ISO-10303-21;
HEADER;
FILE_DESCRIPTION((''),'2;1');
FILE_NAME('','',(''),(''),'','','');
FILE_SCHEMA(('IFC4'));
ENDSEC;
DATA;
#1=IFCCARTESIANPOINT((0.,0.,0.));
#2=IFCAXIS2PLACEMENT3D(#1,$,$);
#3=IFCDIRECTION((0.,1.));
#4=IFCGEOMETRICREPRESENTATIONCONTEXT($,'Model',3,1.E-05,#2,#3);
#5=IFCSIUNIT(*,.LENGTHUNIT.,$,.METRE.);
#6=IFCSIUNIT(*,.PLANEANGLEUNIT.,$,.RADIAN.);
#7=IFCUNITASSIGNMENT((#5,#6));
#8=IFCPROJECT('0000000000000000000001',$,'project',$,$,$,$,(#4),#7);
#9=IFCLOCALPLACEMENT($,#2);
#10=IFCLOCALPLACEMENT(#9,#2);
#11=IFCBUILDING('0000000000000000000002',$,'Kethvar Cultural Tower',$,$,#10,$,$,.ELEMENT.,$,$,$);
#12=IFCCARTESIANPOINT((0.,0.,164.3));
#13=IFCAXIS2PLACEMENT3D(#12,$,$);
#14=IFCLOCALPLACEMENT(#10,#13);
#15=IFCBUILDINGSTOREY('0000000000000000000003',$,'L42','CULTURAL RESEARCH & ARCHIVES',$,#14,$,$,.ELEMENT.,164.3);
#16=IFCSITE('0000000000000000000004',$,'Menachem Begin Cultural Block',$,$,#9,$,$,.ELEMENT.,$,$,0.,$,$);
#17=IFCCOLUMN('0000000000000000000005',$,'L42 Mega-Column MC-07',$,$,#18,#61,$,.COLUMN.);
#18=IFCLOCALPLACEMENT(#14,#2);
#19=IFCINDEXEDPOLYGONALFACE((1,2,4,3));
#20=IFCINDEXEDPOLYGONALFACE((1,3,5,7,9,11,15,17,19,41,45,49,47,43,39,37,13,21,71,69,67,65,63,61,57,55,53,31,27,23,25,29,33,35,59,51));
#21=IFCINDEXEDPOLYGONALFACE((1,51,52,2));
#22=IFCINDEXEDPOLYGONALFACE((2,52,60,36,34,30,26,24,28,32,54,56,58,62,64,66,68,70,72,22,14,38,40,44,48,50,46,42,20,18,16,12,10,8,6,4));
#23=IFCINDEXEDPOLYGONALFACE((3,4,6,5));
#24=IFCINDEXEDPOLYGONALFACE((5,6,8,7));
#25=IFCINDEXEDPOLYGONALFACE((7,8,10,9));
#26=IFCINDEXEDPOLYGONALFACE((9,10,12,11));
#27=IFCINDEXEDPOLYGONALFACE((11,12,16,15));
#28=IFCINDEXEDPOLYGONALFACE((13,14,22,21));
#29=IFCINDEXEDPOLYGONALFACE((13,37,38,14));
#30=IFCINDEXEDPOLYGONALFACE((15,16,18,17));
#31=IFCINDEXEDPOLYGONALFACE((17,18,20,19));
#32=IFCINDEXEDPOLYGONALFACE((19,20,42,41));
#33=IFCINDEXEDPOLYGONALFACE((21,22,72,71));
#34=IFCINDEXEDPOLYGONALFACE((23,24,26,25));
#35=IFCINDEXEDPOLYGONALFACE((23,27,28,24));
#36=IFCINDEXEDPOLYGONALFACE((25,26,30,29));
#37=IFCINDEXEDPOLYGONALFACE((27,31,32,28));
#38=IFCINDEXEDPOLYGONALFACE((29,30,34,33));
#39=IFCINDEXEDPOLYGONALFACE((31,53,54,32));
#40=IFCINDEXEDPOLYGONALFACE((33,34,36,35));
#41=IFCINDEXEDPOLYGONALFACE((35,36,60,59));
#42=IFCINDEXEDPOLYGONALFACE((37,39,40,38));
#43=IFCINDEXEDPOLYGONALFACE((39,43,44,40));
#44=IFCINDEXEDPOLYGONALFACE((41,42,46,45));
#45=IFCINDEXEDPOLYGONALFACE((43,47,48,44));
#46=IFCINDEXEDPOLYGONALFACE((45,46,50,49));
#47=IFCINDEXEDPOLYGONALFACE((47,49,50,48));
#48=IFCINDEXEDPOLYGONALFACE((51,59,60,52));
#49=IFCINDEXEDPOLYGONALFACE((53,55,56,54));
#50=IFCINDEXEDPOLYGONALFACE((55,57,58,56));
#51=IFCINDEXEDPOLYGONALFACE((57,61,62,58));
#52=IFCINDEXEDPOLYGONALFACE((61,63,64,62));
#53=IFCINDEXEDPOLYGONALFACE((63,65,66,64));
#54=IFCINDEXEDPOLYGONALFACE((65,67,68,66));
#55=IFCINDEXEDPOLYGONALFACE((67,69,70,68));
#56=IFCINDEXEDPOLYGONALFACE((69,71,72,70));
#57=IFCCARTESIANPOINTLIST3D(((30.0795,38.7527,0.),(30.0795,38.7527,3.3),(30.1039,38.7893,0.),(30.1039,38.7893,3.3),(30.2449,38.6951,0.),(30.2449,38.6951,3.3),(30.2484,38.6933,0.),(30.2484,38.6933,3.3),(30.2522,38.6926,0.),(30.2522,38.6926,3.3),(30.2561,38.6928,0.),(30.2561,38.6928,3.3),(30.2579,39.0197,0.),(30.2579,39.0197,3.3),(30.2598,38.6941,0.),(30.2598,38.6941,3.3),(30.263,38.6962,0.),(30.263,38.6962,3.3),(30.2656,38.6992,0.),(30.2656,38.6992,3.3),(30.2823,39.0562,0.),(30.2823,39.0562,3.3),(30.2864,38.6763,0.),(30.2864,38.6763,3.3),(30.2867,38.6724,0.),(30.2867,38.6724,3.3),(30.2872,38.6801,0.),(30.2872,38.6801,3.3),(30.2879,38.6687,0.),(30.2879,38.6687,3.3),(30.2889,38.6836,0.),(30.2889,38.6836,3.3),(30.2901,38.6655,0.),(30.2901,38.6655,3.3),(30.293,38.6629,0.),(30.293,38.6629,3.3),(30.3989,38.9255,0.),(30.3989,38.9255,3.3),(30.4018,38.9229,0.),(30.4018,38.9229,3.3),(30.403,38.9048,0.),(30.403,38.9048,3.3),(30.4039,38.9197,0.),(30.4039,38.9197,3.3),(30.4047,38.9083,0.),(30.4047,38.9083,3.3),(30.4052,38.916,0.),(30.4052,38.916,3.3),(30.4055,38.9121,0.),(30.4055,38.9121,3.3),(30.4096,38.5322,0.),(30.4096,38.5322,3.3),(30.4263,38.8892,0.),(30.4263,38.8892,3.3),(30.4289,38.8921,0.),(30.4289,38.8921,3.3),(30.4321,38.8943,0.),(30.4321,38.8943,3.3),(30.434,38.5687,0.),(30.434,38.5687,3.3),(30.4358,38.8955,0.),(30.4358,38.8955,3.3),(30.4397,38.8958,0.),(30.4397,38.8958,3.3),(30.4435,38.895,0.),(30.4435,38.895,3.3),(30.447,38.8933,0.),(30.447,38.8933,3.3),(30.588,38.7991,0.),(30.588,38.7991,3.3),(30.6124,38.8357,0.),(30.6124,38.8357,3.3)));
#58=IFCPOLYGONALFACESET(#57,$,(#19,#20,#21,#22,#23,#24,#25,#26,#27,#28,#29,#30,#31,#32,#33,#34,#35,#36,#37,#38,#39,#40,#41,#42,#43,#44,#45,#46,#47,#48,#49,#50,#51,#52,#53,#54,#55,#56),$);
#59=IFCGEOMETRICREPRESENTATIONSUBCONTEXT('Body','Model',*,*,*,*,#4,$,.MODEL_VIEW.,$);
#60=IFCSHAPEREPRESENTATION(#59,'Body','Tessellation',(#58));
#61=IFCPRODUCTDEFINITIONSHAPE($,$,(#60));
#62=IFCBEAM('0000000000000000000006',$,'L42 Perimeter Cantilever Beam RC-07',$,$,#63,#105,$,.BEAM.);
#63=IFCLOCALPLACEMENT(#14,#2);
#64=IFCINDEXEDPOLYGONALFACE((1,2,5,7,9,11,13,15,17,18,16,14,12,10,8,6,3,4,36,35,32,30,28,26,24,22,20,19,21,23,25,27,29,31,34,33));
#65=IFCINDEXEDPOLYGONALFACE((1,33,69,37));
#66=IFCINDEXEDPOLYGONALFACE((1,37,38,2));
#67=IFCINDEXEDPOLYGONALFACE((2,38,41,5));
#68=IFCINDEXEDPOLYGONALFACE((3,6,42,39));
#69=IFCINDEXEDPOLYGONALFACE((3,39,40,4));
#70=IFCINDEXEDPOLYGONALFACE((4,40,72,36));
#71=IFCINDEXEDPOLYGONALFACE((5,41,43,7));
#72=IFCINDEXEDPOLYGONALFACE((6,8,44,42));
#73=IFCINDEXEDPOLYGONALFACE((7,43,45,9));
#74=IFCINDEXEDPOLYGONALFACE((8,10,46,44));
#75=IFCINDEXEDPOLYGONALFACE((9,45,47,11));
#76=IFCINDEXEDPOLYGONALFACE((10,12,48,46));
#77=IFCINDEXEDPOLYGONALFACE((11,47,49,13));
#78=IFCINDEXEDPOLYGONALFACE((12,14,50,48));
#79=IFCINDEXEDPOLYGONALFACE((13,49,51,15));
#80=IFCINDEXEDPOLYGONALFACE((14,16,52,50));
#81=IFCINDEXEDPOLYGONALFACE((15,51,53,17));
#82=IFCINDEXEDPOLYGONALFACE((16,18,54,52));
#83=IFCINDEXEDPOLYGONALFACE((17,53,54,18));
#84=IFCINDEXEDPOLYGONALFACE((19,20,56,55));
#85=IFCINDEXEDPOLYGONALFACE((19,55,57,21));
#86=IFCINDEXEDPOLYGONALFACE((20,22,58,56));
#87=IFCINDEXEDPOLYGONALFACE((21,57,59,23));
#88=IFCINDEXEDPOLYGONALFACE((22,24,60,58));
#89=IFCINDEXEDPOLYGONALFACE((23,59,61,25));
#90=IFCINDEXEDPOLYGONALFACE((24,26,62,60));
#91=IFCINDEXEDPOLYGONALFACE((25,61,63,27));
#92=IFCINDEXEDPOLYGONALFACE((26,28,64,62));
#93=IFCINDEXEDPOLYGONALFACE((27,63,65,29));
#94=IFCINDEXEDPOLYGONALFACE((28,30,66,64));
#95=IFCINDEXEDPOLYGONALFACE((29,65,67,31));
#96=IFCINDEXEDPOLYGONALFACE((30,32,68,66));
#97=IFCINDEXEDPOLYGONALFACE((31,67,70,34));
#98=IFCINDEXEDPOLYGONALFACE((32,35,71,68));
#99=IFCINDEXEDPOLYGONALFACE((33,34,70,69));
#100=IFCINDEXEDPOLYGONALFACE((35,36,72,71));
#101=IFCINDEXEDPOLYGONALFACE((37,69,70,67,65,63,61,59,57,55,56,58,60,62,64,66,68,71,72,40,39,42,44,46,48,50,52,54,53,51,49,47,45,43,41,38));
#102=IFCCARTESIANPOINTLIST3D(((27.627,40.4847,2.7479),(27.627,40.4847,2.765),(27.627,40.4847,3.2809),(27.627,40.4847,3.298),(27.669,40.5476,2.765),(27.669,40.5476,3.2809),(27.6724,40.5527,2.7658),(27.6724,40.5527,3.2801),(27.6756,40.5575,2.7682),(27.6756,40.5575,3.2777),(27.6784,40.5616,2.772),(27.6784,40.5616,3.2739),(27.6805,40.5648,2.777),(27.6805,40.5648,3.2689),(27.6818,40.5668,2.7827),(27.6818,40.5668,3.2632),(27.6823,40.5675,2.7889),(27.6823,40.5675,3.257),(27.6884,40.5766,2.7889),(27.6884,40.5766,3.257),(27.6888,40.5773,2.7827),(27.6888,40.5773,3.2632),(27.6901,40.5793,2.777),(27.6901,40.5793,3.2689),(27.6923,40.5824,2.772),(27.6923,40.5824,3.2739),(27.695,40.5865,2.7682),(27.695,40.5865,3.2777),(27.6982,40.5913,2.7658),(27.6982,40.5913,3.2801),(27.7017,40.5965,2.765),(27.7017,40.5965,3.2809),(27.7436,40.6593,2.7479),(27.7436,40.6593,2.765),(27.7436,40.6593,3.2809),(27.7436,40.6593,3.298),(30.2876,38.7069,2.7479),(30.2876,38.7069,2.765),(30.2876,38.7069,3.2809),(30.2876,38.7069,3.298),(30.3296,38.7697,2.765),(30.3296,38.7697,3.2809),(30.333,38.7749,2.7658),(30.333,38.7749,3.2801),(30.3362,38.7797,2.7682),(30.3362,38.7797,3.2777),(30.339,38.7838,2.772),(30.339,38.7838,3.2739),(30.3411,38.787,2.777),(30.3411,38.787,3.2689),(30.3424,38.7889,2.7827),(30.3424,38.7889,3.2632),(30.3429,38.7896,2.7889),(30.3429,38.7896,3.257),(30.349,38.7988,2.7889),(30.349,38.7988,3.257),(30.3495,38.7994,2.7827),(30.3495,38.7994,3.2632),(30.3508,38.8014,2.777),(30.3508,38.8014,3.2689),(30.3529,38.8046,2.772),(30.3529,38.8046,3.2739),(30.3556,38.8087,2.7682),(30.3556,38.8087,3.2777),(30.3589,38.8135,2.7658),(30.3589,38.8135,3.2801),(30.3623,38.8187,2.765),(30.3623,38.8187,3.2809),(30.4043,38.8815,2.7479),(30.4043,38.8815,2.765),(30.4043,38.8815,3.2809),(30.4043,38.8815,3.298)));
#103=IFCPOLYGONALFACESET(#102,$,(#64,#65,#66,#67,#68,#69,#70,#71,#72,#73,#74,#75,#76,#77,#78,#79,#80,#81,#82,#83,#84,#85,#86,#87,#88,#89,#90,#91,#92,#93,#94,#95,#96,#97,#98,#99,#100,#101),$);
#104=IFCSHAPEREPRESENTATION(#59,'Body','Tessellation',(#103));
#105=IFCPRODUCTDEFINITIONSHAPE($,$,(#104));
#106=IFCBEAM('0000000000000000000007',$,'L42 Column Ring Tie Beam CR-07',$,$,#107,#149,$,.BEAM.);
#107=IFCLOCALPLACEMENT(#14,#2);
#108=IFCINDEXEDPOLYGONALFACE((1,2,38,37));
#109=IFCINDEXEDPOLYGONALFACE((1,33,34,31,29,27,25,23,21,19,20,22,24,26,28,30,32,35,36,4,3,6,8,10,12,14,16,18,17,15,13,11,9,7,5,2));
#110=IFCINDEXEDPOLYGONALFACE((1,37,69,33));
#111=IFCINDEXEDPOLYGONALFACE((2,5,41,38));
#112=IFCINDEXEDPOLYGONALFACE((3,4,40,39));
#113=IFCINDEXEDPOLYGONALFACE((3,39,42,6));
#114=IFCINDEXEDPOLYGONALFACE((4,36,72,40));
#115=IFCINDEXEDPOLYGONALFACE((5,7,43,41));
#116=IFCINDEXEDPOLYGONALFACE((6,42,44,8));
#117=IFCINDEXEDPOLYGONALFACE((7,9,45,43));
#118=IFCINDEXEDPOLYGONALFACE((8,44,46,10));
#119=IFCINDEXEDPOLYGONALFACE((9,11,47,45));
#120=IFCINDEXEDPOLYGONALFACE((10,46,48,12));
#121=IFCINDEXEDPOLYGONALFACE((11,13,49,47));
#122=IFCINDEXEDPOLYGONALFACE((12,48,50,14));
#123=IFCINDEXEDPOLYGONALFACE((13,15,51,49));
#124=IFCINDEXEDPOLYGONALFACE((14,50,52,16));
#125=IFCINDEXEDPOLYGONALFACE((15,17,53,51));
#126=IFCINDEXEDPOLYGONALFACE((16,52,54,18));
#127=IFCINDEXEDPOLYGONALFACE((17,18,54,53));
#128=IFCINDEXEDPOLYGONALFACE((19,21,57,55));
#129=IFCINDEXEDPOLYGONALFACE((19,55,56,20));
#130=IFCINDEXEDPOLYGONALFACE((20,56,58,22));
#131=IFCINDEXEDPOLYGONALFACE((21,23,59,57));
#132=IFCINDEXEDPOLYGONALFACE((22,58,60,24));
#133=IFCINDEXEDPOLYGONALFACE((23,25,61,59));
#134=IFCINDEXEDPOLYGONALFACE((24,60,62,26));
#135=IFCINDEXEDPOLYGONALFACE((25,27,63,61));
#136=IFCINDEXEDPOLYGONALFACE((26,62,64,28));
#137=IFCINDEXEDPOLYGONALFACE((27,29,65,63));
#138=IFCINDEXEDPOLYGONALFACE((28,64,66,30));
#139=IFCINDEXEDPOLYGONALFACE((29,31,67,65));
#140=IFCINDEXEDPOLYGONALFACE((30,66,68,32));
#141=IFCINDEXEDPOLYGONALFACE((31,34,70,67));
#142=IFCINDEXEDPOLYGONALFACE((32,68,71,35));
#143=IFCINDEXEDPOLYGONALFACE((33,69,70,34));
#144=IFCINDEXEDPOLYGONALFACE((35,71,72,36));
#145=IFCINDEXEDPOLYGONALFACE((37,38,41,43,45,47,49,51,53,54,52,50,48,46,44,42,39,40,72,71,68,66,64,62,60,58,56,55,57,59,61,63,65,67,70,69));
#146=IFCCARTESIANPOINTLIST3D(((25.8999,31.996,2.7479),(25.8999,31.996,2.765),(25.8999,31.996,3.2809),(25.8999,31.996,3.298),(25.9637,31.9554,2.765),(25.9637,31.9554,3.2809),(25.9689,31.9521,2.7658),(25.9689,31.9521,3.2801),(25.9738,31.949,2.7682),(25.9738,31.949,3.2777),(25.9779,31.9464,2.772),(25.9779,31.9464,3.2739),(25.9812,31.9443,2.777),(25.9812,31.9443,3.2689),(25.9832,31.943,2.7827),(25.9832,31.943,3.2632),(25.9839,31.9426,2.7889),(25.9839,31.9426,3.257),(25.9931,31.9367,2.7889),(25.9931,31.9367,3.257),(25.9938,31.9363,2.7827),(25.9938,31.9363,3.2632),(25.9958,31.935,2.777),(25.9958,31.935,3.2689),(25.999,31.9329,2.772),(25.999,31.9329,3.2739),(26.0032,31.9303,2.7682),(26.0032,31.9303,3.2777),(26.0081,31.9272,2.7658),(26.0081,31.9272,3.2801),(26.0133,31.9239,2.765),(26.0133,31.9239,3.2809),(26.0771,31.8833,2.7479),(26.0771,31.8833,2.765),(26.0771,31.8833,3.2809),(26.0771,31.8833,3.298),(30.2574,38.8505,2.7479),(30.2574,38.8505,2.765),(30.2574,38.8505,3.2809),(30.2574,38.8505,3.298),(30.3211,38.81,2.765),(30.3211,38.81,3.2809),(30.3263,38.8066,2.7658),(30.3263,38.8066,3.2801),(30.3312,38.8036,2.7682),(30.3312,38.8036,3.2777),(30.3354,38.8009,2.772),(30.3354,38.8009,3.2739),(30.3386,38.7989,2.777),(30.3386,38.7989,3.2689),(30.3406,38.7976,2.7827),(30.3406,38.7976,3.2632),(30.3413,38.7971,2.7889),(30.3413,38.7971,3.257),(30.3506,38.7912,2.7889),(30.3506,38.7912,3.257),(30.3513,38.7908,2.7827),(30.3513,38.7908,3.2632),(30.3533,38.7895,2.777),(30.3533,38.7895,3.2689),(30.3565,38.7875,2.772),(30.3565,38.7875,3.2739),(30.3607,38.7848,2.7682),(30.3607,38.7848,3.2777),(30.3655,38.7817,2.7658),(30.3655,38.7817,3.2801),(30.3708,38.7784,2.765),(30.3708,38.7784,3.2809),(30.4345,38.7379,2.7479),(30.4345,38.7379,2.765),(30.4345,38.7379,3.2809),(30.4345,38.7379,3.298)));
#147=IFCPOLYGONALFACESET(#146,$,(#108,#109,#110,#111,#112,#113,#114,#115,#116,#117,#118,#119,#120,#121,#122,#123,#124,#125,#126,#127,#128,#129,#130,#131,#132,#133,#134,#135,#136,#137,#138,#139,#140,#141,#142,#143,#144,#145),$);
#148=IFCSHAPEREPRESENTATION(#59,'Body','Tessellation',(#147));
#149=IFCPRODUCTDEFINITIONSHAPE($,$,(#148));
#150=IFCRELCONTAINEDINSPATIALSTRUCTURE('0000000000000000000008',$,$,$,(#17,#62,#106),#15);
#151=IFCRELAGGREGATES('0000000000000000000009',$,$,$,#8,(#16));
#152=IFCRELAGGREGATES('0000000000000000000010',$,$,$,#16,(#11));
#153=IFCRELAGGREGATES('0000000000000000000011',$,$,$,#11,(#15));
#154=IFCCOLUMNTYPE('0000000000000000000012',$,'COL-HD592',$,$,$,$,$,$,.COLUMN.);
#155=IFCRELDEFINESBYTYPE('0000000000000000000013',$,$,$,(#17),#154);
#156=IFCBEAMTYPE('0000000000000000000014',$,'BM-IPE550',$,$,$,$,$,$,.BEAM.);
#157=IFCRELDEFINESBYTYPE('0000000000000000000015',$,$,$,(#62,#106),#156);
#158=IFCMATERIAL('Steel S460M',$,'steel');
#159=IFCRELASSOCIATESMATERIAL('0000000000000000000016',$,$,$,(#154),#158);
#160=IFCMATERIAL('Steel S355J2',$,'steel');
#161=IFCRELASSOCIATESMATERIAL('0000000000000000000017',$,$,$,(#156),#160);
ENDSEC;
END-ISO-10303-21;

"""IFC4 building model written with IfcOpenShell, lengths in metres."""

from ifc_helpers import new_model, si_unit, direction, frame, origin, origin_2d, place, context, subcontext, project, spatial, i_section, extrude, source, transform, mapped, material, material_profile, profile_set, type_object, element, save


model = new_model("IFC4")

# Units and contexts
model_context = context("Model", 3, precision=1e-05, world=origin(), true_north=direction((0.0, 1.0)))
body_context = subcontext(model_context, "Body", "Model", "MODEL_VIEW")
ifc_project = project(units=[si_unit("LENGTHUNIT", "METRE"), si_unit("PLANEANGLEUNIT", "RADIAN")], contexts=[model_context])

# Site, building, storey
site_placement = place(None, origin())
site = spatial("IfcSite", under=ifc_project, at=site_placement, Name="Menachem Begin Cultural Block", CompositionType="ELEMENT", RefElevation=0.0)
building_placement = place(site_placement, origin())
building = spatial("IfcBuilding", under=site, at=building_placement, Name="Kethvar Cultural Tower", CompositionType="ELEMENT")
storey_placement = place(building_placement, frame((0.0, 0.0, 164.3)))
storey = spatial("IfcBuildingStorey", under=building, at=storey_placement, Name="L42", Description="CULTURAL RESEARCH & ARCHIVES", CompositionType="ELEMENT", Elevation=164.3)

# Column
ifc_material_1 = material(Name="Steel S460M", Category="steel")
ifc_material_profile_1 = material_profile(ifc_material_1, i_section(OverallWidth=0.397, OverallDepth=0.365, WebThickness=0.0281, FlangeThickness=0.0439, FilletRadius=0.0149, at=origin_2d()), Name="Steel S460M — HD400x592")
ifc_profile_set_1 = profile_set([ifc_material_profile_1], Name="Steel S460M — HD400x592")
column_type = type_object("IfcColumnType", Name="COL-HD592", PredefinedType="COLUMN", material=ifc_profile_set_1)
shared_shape_1 = source(origin(), body_context, "Body", "SweptSolid", [
    extrude(i_section(OverallWidth=0.397, OverallDepth=0.365, WebThickness=0.0281, FlangeThickness=0.0439, FilletRadius=0.0149, at=origin_2d()), origin(), (0.0, 0.0, 1.0), 3.3),
])
column_placement = place(storey_placement, frame((30.3459, 38.7942, 0.0), z_axis=(0.0, 0.0, 1.0), x_axis=(-0.83147, 0.55557, 0.0)))
element("IfcColumn", 1, at=column_placement, inside=storey, type_object=column_type, Name="L42 Mega-Column MC-07", PredefinedType="COLUMN", context=body_context, shape_type="MappedRepresentation", body=[
    mapped(shared_shape_1, transform((0.0, 0.0, 0.0), scale=1.0)),
])

# Beams
ifc_material_2 = material(Name="Steel S355J2", Category="steel")
ifc_material_profile_2 = material_profile(ifc_material_2, i_section(OverallWidth=0.21, OverallDepth=0.55, WebThickness=0.011, FlangeThickness=0.0171, FilletRadius=0.0239, at=origin_2d()), Name="Steel S355J2 — IPE550")
ifc_profile_set_2 = profile_set([ifc_material_profile_2], Name="Steel S355J2 — IPE550")
beam_type_1 = type_object("IfcBeamType", Name="BM-IPE550", PredefinedType="BEAM", material=ifc_profile_set_2)
shared_shape_2 = source(origin(), body_context, "Body", "SweptSolid", [
    extrude(i_section(OverallWidth=0.21, OverallDepth=0.55, WebThickness=0.011, FlangeThickness=0.0171, FilletRadius=0.0239, at=origin_2d()), origin(), (0.0, 0.0, 1.0), 3.2),
])
beam_1_placement = place(storey_placement, frame((30.3459, 38.7942, 3.0229), z_axis=(-0.831463, 0.55558, 0.0), x_axis=(-0.55558, -0.831463, 0.0)))
element("IfcBeam", 2, at=beam_1_placement, inside=storey, type_object=beam_type_1, Name="L42 Perimeter Cantilever Beam RC-07", PredefinedType="BEAM", context=body_context, shape_type="MappedRepresentation", body=[
    mapped(shared_shape_2, transform((0.0, 0.0, 0.0), scale=1.0)),
])
shared_shape_3 = source(origin(), body_context, "Body", "SweptSolid", [
    extrude(i_section(OverallWidth=0.21, OverallDepth=0.55, WebThickness=0.011, FlangeThickness=0.0171, FilletRadius=0.0239, at=origin_2d()), origin(), (0.0, 0.0, 1.0), 8.1223),
])
beam_2_placement = place(storey_placement, frame((30.3459, 38.7942, 3.0229), z_axis=(-0.536479, -0.843914, 0.0), x_axis=(0.843914, -0.536479, 0.0)))
element("IfcBeam", 3, at=beam_2_placement, inside=storey, type_object=beam_type_1, Name="L42 Column Ring Tie Beam CR-07", PredefinedType="BEAM", context=body_context, shape_type="MappedRepresentation", body=[
    mapped(shared_shape_3, transform((0.0, 0.0, 0.0), scale=1.0)),
])

save(model, "model.ifc")
